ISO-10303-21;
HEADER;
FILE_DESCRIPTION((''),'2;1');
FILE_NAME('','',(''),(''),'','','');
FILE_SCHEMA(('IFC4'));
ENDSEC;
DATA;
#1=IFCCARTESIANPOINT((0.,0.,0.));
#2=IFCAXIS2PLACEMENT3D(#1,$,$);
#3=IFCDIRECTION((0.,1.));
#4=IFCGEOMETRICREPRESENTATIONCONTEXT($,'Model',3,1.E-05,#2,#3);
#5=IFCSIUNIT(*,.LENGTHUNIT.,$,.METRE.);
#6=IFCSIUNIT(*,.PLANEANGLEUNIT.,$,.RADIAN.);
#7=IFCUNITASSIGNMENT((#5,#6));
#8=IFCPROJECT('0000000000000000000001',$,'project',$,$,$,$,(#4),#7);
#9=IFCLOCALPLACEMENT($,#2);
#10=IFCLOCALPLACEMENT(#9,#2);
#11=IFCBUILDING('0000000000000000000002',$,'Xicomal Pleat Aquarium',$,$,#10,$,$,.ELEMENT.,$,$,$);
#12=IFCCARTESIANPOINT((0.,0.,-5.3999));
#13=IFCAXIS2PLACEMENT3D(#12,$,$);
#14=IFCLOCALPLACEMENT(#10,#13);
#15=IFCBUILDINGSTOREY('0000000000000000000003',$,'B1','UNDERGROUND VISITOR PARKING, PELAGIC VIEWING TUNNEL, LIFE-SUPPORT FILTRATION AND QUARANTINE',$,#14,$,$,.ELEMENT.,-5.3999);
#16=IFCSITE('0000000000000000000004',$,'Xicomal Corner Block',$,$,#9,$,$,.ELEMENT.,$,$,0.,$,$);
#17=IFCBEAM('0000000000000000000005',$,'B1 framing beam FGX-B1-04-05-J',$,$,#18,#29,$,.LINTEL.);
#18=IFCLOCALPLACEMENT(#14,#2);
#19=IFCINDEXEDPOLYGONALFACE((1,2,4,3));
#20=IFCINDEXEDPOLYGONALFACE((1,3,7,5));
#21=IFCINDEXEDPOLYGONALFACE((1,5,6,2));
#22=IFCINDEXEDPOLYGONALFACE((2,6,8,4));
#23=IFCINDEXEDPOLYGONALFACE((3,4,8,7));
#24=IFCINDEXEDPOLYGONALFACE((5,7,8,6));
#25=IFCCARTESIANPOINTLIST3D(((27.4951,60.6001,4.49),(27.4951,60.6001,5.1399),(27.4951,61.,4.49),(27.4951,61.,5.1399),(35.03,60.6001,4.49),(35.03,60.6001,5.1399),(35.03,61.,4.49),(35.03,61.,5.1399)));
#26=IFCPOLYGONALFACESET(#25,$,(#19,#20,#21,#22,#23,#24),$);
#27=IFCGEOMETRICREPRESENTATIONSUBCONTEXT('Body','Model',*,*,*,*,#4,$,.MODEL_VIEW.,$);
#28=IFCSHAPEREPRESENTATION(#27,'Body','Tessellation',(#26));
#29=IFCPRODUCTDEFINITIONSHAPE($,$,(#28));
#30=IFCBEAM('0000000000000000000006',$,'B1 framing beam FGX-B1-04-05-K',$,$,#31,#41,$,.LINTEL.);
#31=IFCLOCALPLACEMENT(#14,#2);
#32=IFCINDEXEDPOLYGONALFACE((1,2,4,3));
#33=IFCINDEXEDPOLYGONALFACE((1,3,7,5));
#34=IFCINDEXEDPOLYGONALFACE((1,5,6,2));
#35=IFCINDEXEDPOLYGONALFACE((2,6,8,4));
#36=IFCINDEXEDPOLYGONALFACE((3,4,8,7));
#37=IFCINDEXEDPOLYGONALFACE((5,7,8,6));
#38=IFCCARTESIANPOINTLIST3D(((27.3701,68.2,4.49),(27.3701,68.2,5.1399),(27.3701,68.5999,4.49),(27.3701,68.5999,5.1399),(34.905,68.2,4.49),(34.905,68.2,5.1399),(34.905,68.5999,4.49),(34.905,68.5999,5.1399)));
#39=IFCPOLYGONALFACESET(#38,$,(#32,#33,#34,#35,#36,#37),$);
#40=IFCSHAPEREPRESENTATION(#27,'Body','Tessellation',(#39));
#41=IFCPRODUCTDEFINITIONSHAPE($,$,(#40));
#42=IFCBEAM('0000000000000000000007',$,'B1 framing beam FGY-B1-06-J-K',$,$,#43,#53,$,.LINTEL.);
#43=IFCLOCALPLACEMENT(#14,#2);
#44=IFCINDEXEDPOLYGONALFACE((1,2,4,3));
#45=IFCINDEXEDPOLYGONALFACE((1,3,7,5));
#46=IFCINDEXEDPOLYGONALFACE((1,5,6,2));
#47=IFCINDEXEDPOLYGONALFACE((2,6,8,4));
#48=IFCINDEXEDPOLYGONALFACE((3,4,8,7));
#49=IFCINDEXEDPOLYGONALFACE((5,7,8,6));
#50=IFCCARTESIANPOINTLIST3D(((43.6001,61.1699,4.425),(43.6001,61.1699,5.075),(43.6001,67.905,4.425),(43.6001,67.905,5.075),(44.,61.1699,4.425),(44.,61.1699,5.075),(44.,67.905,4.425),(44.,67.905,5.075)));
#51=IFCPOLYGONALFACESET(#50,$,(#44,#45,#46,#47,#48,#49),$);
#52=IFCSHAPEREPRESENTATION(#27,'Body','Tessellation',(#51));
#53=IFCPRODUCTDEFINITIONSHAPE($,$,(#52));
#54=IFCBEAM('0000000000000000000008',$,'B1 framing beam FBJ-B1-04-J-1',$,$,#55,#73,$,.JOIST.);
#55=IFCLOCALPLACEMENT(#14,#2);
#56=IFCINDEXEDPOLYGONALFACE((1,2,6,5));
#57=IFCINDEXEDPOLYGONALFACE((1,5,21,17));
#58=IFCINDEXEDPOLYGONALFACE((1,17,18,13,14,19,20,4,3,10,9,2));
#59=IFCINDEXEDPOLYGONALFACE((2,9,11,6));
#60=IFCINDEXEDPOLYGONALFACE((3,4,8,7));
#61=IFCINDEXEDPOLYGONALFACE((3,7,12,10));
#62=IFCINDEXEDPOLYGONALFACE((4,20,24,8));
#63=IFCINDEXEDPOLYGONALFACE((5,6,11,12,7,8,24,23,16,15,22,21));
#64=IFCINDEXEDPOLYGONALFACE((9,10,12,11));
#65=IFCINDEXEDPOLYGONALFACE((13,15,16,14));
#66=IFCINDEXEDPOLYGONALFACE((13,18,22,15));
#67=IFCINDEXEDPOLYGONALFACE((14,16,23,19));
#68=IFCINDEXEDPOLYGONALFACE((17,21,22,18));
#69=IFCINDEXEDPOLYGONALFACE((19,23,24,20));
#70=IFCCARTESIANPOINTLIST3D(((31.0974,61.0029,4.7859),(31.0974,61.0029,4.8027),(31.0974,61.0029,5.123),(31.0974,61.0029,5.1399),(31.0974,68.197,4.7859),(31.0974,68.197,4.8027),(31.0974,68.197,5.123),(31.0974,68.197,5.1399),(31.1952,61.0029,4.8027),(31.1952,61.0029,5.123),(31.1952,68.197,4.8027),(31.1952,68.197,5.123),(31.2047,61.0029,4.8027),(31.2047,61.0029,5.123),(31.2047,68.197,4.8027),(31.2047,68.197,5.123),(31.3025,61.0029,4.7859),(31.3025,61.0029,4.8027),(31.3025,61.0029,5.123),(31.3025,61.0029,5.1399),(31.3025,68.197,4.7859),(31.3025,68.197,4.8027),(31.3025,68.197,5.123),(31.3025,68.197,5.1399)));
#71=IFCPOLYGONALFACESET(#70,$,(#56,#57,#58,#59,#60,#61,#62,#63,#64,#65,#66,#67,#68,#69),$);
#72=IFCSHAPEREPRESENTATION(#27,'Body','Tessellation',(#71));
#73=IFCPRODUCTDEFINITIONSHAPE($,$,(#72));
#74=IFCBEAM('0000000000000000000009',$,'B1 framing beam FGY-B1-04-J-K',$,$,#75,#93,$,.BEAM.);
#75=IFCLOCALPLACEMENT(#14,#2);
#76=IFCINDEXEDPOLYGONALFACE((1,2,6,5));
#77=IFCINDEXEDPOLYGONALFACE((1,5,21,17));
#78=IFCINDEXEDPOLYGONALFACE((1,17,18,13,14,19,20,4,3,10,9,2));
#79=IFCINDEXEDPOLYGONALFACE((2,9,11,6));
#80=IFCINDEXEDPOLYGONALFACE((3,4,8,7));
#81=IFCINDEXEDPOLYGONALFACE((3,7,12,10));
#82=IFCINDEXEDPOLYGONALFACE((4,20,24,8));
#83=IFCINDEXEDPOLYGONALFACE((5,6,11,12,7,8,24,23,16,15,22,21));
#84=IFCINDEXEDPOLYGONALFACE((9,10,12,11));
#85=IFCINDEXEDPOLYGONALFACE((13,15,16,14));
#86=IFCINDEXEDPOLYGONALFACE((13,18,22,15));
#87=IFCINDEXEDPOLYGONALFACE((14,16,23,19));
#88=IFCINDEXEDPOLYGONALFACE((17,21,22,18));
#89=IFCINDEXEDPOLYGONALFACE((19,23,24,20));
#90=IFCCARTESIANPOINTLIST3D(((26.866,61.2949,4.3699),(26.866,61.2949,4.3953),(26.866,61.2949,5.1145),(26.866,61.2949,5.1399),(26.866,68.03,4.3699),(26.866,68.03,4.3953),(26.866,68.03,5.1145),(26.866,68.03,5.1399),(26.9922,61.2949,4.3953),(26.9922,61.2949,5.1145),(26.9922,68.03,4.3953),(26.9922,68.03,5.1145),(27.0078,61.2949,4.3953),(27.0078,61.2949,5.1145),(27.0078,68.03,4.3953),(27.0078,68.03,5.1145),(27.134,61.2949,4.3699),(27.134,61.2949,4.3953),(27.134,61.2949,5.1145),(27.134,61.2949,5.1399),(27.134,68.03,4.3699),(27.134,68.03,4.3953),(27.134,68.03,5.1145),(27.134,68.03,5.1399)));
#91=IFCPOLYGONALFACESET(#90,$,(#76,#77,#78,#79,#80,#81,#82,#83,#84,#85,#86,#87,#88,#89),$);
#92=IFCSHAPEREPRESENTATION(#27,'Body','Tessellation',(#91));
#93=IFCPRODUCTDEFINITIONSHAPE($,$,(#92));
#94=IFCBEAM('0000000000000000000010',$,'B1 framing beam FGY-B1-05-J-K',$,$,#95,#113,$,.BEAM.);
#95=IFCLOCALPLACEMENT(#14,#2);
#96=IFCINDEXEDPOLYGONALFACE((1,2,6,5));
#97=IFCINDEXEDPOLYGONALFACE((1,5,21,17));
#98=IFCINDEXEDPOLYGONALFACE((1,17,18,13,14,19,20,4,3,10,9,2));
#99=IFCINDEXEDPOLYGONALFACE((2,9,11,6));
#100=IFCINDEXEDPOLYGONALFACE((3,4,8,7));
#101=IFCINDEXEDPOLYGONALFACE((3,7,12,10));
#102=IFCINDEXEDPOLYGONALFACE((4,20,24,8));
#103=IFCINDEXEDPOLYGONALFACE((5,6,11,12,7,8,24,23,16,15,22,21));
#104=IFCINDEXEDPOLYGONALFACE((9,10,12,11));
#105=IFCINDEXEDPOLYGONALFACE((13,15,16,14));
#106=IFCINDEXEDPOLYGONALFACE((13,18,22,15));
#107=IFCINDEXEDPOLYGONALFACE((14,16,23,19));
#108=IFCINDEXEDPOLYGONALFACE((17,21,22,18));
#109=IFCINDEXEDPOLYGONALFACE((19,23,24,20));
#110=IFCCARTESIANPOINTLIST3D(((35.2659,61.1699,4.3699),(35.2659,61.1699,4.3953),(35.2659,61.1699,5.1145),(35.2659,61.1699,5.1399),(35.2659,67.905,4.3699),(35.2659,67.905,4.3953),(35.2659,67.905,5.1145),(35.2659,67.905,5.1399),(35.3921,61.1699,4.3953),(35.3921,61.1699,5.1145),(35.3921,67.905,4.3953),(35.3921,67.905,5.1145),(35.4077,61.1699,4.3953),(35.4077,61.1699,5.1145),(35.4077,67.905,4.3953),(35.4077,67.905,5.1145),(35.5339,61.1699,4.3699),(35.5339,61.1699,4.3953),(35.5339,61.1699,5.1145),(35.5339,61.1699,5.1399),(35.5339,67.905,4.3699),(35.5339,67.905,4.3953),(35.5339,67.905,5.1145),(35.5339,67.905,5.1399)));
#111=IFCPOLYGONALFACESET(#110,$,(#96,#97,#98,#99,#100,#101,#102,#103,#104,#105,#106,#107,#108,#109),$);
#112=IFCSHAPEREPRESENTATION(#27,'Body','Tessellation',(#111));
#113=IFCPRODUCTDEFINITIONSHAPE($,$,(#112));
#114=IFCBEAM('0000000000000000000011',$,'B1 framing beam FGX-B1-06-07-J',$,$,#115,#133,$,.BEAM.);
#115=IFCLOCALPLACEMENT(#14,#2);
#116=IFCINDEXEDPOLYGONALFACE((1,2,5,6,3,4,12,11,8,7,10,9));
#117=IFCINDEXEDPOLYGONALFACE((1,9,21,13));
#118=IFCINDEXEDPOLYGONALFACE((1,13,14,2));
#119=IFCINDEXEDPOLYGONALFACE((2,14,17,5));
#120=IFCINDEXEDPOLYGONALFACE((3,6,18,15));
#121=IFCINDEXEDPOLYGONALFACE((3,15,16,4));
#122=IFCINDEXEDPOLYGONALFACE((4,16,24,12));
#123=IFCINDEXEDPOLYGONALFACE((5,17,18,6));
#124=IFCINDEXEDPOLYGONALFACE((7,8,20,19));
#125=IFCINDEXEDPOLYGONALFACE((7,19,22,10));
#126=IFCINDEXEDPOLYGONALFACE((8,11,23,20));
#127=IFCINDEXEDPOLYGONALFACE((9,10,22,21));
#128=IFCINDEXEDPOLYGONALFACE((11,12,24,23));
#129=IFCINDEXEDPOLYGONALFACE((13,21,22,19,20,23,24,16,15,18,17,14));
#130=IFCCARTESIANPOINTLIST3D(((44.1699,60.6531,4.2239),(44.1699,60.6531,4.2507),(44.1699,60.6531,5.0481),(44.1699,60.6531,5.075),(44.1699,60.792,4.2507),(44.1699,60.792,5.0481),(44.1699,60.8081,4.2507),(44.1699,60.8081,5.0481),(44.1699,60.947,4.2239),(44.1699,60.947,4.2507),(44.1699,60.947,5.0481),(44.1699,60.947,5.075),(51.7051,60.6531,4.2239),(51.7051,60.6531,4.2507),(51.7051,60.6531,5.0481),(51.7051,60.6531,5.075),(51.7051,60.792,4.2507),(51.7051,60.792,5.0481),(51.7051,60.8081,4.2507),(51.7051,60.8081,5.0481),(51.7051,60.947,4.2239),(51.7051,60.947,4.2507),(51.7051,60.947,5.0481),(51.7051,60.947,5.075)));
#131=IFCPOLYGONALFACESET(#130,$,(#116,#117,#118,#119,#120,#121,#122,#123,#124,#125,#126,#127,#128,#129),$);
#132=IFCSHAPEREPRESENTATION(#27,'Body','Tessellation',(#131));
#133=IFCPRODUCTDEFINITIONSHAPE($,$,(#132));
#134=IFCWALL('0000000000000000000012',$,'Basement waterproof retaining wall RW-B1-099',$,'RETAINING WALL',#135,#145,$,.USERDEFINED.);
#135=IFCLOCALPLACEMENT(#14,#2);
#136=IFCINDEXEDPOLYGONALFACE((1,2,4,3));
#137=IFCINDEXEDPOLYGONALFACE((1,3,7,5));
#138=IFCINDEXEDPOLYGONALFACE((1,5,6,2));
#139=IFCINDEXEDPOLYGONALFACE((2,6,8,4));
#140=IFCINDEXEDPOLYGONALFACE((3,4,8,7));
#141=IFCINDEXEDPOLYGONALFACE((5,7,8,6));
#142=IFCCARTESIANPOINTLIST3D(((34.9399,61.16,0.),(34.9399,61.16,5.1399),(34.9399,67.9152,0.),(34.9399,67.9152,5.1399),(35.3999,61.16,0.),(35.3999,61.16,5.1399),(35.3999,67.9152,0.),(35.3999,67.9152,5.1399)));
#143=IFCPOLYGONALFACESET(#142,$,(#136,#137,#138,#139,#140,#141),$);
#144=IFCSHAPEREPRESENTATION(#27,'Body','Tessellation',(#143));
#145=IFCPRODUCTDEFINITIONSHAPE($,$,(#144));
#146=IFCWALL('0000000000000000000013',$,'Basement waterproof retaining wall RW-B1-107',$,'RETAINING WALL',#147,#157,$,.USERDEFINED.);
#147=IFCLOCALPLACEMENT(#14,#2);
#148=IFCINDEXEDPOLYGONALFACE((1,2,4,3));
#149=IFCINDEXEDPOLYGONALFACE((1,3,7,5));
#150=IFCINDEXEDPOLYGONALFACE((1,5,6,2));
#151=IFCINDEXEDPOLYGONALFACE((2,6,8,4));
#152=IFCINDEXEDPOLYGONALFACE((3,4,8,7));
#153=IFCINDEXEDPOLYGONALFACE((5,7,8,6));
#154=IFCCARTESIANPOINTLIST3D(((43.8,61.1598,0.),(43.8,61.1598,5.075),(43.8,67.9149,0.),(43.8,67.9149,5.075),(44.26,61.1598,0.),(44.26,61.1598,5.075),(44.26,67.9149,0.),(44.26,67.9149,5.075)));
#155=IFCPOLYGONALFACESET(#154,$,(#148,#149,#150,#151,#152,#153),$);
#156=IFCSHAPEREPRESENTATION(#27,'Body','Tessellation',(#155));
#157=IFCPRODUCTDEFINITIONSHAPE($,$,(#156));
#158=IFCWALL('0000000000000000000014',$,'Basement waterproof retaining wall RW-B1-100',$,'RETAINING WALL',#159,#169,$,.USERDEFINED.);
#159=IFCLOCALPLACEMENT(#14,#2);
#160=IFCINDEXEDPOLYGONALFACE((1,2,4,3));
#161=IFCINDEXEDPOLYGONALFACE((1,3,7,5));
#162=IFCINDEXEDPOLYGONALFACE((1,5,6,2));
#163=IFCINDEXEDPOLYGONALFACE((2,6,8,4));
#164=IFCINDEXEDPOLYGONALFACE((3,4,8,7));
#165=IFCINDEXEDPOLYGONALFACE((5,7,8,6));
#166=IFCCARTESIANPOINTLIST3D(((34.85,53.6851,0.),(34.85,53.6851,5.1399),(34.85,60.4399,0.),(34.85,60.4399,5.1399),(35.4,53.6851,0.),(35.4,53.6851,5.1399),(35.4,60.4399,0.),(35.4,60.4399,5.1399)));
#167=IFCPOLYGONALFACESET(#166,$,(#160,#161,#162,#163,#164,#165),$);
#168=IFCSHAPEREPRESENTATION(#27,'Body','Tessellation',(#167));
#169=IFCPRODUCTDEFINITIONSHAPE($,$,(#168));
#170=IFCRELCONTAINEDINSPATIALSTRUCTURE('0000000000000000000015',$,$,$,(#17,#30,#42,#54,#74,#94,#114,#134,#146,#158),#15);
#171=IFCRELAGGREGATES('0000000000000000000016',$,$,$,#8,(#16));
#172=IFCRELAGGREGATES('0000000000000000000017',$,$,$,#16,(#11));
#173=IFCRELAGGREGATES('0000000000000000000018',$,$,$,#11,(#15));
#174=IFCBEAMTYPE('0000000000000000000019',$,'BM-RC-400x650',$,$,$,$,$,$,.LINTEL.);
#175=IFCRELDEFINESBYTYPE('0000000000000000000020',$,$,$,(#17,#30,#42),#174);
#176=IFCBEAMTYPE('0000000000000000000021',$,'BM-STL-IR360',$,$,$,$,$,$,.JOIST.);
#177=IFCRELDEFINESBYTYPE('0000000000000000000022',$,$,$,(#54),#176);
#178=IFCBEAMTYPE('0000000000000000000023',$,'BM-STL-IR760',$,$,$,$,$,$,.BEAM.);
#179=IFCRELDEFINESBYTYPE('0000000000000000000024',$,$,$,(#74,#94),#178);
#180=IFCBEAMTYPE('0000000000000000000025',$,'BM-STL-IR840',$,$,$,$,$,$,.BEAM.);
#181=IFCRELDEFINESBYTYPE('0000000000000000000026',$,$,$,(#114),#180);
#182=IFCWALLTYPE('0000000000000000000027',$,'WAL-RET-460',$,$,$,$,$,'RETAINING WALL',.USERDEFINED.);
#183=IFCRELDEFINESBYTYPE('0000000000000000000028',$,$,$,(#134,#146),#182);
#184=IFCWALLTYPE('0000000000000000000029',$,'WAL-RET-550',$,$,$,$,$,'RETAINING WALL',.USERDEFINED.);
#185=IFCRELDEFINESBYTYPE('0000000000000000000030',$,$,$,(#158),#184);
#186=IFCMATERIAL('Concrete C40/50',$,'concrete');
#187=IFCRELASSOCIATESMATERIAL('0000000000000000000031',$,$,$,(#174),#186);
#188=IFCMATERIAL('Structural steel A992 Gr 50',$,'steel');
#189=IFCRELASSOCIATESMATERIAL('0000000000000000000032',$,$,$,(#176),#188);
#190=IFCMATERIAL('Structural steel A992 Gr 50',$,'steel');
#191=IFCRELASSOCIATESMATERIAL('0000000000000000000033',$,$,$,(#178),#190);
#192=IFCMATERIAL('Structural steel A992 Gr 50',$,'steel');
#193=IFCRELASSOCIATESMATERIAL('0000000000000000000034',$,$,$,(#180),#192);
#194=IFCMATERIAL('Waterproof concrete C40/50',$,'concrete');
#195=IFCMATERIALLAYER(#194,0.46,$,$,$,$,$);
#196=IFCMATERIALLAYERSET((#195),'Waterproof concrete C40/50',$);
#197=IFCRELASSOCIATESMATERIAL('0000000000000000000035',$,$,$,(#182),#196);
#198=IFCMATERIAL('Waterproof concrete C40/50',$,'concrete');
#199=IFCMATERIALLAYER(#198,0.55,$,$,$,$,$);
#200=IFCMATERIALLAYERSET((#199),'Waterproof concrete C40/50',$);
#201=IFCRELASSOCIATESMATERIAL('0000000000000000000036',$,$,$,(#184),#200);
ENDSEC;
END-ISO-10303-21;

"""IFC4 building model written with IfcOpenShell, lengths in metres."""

from ifc_helpers import new_model, si_unit, direction, frame, frame_2d, origin, origin_2d, place, context, subcontext, project, spatial, rectangle, i_section, extrude, material, layer, layer_set, material_profile, profile_set, type_object, element, save


model = new_model("IFC4")

# Units and contexts
model_context = context("Model", 3, precision=1e-05, world=origin(), true_north=direction((0.0, 1.0)))
body_context = subcontext(model_context, "Body", "Model", "MODEL_VIEW")
ifc_project = project(units=[si_unit("LENGTHUNIT", "METRE"), si_unit("PLANEANGLEUNIT", "RADIAN")], contexts=[model_context])

# Site, building, storey
site_placement = place(None, origin())
site = spatial("IfcSite", under=ifc_project, at=site_placement, Name="Xicomal Corner Block", CompositionType="ELEMENT", RefElevation=0.0)
building_placement = place(site_placement, origin())
building = spatial("IfcBuilding", under=site, at=building_placement, Name="Xicomal Pleat Aquarium", CompositionType="ELEMENT")
storey_placement = place(building_placement, frame((0.0, 0.0, -5.3999)))
storey = spatial("IfcBuildingStorey", under=building, at=storey_placement, Name="B1", Description="UNDERGROUND VISITOR PARKING, PELAGIC VIEWING TUNNEL, LIFE-SUPPORT FILTRATION AND QUARANTINE", CompositionType="ELEMENT", Elevation=-5.3999)

# Beams
ifc_material_1 = material(Name="Concrete C40/50", Category="concrete")
ifc_material_profile_1 = material_profile(ifc_material_1, rectangle(XDim=0.3999, YDim=0.6499, at=origin_2d()), Name="RC 400x650")
ifc_profile_set_1 = profile_set([ifc_material_profile_1], Name="Concrete C40/50")
beam_type_1 = type_object("IfcBeamType", Name="BM-RC-400x650", PredefinedType="LINTEL", material=ifc_profile_set_1)
for number, where, z_axis, x_axis, name in (
    (1, (27.4951, 60.8, 4.8149), (1.0, 0.0, 0.0), (0.0, 1.0, 0.0), "B1 framing beam FGX-B1-04-05-J"),
    (2, (27.3701, 68.3999, 4.8149), (1.0, 0.0, 0.0), (0.0, 1.0, 0.0), "B1 framing beam FGX-B1-04-05-K"),
):
    element("IfcBeam", number, at=place(storey_placement, frame(where, z_axis=z_axis, x_axis=x_axis)), inside=storey, type_object=beam_type_1, Name=name, PredefinedType="LINTEL", context=body_context, shape_type="SweptSolid", body=[
        extrude(rectangle(XDim=0.3999, YDim=0.6499, at=origin_2d()), origin(), (0.0, 0.0, 1.0), 7.5349),
    ])
beam_1_placement = place(storey_placement, frame((43.8, 61.1699, 4.75), z_axis=(0.0, 1.0, 0.0), x_axis=(-1.0, 0.0, 0.0)))
element("IfcBeam", 3, at=beam_1_placement, inside=storey, type_object=beam_type_1, Name="B1 framing beam FGY-B1-06-J-K", PredefinedType="LINTEL", context=body_context, shape_type="SweptSolid", body=[
    extrude(rectangle(XDim=0.3999, YDim=0.6499, at=origin_2d()), origin(), (0.0, 0.0, 1.0), 6.7351),
])
ifc_material_2 = material(Name="Structural steel A992 Gr 50", Category="steel")
ifc_material_profile_2 = material_profile(ifc_material_2, i_section(OverallWidth=0.2051, OverallDepth=0.354, WebThickness=0.0095, FlangeThickness=0.0168, at=origin_2d()), Name="IR 360x79")
ifc_profile_set_2 = profile_set([ifc_material_profile_2], Name="Structural steel A992 Gr 50")
beam_type_2 = type_object("IfcBeamType", Name="BM-STL-IR360", PredefinedType="JOIST", material=ifc_profile_set_2)
beam_2_placement = place(storey_placement, frame((31.2, 61.0029, 4.9629), z_axis=(0.0, 1.0, 0.0), x_axis=(-1.0, 0.0, 0.0)))
element("IfcBeam", 4, at=beam_2_placement, inside=storey, type_object=beam_type_2, Name="B1 framing beam FBJ-B1-04-J-1", PredefinedType="JOIST", context=body_context, shape_type="SweptSolid", body=[
    extrude(i_section(OverallWidth=0.2051, OverallDepth=0.354, WebThickness=0.0095, FlangeThickness=0.0168, at=origin_2d()), origin(), (0.0, 0.0, 1.0), 7.1941),
])
ifc_material_3 = material(Name="Structural steel A992 Gr 50", Category="steel")
ifc_material_profile_3 = material_profile(ifc_material_3, i_section(OverallWidth=0.2681, OverallDepth=0.77, WebThickness=0.0156, FlangeThickness=0.0254, at=origin_2d()), Name="IR 760x196")
ifc_profile_set_3 = profile_set([ifc_material_profile_3], Name="Structural steel A992 Gr 50")
beam_type_3 = type_object("IfcBeamType", Name="BM-STL-IR760", PredefinedType="BEAM", material=ifc_profile_set_3)
for number, where, z_axis, x_axis, name in (
    (5, (27.0, 61.2949, 4.7549), (0.0, 1.0, 0.0), (-1.0, 0.0, 0.0), "B1 framing beam FGY-B1-04-J-K"),
    (6, (35.3999, 61.1699, 4.7549), (0.0, 1.0, 0.0), (-1.0, 0.0, 0.0), "B1 framing beam FGY-B1-05-J-K"),
):
    element("IfcBeam", number, at=place(storey_placement, frame(where, z_axis=z_axis, x_axis=x_axis)), inside=storey, type_object=beam_type_3, Name=name, PredefinedType="BEAM", context=body_context, shape_type="SweptSolid", body=[
        extrude(i_section(OverallWidth=0.2681, OverallDepth=0.77, WebThickness=0.0156, FlangeThickness=0.0254, at=origin_2d()), origin(), (0.0, 0.0, 1.0), 6.7351),
    ])
ifc_material_4 = material(Name="Structural steel A992 Gr 50", Category="steel")
ifc_material_profile_4 = material_profile(ifc_material_4, i_section(OverallWidth=0.2939, OverallDepth=0.8511, WebThickness=0.0161, FlangeThickness=0.0269, at=origin_2d()), Name="IR 840x226")
ifc_profile_set_4 = profile_set([ifc_material_profile_4], Name="Structural steel A992 Gr 50")
beam_type_4 = type_object("IfcBeamType", Name="BM-STL-IR840", PredefinedType="BEAM", material=ifc_profile_set_4)
beam_3_placement = place(storey_placement, frame((44.1699, 60.8, 4.6494), z_axis=(1.0, 0.0, 0.0), x_axis=(0.0, 1.0, 0.0)))
element("IfcBeam", 7, at=beam_3_placement, inside=storey, type_object=beam_type_4, Name="B1 framing beam FGX-B1-06-07-J", PredefinedType="BEAM", context=body_context, shape_type="SweptSolid", body=[
    extrude(i_section(OverallWidth=0.2939, OverallDepth=0.8511, WebThickness=0.0161, FlangeThickness=0.0269, at=origin_2d()), origin(), (0.0, 0.0, 1.0), 7.5352),
])

# Walls
ifc_material_5 = material(Name="Waterproof concrete C40/50", Category="concrete")
ifc_layer_1 = layer(ifc_material_5, 0.46)
ifc_layer_set_1 = layer_set([ifc_layer_1], Name="Waterproof concrete C40/50")
wall_type_1 = type_object("IfcWallType", Name="WAL-RET-460", ElementType="RETAINING WALL", PredefinedType="USERDEFINED", material=ifc_layer_set_1)
wall_1_placement = place(storey_placement, frame((35.1699, 67.915, 0.0), z_axis=(0.0, 0.0, 1.0), x_axis=(0.0, -1.0, 0.0)))
element("IfcWall", 8, at=wall_1_placement, inside=storey, type_object=wall_type_1, Name="Basement waterproof retaining wall RW-B1-099", ObjectType="RETAINING WALL", PredefinedType="USERDEFINED", context=body_context, shape_type="SweptSolid", body=[
    extrude(rectangle(XDim=6.7551, YDim=0.46, at=frame_2d((3.3774, 0.0))), origin(), (0.0, 0.0, 1.0), 5.1399),
])
wall_2_placement = place(storey_placement, frame((44.03, 61.1599, 0.0), z_axis=(0.0, 0.0, 1.0), x_axis=(0.0, 1.0, 0.0)))
element("IfcWall", 9, at=wall_2_placement, inside=storey, type_object=wall_type_1, Name="Basement waterproof retaining wall RW-B1-107", ObjectType="RETAINING WALL", PredefinedType="USERDEFINED", context=body_context, shape_type="SweptSolid", body=[
    extrude(rectangle(XDim=6.7551, YDim=0.46, at=frame_2d((3.3774, 0.0))), origin(), (0.0, 0.0, 1.0), 5.075),
])
ifc_material_6 = material(Name="Waterproof concrete C40/50", Category="concrete")
ifc_layer_2 = layer(ifc_material_6, 0.55)
ifc_layer_set_2 = layer_set([ifc_layer_2], Name="Waterproof concrete C40/50")
wall_type_2 = type_object("IfcWallType", Name="WAL-RET-550", ElementType="RETAINING WALL", PredefinedType="USERDEFINED", material=ifc_layer_set_2)
wall_3_placement = place(storey_placement, frame((35.125, 60.4399, 0.0), z_axis=(0.0, 0.0, 1.0), x_axis=(0.0, -1.0, 0.0)))
element("IfcWall", 10, at=wall_3_placement, inside=storey, type_object=wall_type_2, Name="Basement waterproof retaining wall RW-B1-100", ObjectType="RETAINING WALL", PredefinedType="USERDEFINED", context=body_context, shape_type="SweptSolid", body=[
    extrude(rectangle(XDim=6.7549, YDim=0.55, at=frame_2d((3.3774, 0.0))), origin(), (0.0, 0.0, 1.0), 5.1399),
])

save(model, "model.ifc")
